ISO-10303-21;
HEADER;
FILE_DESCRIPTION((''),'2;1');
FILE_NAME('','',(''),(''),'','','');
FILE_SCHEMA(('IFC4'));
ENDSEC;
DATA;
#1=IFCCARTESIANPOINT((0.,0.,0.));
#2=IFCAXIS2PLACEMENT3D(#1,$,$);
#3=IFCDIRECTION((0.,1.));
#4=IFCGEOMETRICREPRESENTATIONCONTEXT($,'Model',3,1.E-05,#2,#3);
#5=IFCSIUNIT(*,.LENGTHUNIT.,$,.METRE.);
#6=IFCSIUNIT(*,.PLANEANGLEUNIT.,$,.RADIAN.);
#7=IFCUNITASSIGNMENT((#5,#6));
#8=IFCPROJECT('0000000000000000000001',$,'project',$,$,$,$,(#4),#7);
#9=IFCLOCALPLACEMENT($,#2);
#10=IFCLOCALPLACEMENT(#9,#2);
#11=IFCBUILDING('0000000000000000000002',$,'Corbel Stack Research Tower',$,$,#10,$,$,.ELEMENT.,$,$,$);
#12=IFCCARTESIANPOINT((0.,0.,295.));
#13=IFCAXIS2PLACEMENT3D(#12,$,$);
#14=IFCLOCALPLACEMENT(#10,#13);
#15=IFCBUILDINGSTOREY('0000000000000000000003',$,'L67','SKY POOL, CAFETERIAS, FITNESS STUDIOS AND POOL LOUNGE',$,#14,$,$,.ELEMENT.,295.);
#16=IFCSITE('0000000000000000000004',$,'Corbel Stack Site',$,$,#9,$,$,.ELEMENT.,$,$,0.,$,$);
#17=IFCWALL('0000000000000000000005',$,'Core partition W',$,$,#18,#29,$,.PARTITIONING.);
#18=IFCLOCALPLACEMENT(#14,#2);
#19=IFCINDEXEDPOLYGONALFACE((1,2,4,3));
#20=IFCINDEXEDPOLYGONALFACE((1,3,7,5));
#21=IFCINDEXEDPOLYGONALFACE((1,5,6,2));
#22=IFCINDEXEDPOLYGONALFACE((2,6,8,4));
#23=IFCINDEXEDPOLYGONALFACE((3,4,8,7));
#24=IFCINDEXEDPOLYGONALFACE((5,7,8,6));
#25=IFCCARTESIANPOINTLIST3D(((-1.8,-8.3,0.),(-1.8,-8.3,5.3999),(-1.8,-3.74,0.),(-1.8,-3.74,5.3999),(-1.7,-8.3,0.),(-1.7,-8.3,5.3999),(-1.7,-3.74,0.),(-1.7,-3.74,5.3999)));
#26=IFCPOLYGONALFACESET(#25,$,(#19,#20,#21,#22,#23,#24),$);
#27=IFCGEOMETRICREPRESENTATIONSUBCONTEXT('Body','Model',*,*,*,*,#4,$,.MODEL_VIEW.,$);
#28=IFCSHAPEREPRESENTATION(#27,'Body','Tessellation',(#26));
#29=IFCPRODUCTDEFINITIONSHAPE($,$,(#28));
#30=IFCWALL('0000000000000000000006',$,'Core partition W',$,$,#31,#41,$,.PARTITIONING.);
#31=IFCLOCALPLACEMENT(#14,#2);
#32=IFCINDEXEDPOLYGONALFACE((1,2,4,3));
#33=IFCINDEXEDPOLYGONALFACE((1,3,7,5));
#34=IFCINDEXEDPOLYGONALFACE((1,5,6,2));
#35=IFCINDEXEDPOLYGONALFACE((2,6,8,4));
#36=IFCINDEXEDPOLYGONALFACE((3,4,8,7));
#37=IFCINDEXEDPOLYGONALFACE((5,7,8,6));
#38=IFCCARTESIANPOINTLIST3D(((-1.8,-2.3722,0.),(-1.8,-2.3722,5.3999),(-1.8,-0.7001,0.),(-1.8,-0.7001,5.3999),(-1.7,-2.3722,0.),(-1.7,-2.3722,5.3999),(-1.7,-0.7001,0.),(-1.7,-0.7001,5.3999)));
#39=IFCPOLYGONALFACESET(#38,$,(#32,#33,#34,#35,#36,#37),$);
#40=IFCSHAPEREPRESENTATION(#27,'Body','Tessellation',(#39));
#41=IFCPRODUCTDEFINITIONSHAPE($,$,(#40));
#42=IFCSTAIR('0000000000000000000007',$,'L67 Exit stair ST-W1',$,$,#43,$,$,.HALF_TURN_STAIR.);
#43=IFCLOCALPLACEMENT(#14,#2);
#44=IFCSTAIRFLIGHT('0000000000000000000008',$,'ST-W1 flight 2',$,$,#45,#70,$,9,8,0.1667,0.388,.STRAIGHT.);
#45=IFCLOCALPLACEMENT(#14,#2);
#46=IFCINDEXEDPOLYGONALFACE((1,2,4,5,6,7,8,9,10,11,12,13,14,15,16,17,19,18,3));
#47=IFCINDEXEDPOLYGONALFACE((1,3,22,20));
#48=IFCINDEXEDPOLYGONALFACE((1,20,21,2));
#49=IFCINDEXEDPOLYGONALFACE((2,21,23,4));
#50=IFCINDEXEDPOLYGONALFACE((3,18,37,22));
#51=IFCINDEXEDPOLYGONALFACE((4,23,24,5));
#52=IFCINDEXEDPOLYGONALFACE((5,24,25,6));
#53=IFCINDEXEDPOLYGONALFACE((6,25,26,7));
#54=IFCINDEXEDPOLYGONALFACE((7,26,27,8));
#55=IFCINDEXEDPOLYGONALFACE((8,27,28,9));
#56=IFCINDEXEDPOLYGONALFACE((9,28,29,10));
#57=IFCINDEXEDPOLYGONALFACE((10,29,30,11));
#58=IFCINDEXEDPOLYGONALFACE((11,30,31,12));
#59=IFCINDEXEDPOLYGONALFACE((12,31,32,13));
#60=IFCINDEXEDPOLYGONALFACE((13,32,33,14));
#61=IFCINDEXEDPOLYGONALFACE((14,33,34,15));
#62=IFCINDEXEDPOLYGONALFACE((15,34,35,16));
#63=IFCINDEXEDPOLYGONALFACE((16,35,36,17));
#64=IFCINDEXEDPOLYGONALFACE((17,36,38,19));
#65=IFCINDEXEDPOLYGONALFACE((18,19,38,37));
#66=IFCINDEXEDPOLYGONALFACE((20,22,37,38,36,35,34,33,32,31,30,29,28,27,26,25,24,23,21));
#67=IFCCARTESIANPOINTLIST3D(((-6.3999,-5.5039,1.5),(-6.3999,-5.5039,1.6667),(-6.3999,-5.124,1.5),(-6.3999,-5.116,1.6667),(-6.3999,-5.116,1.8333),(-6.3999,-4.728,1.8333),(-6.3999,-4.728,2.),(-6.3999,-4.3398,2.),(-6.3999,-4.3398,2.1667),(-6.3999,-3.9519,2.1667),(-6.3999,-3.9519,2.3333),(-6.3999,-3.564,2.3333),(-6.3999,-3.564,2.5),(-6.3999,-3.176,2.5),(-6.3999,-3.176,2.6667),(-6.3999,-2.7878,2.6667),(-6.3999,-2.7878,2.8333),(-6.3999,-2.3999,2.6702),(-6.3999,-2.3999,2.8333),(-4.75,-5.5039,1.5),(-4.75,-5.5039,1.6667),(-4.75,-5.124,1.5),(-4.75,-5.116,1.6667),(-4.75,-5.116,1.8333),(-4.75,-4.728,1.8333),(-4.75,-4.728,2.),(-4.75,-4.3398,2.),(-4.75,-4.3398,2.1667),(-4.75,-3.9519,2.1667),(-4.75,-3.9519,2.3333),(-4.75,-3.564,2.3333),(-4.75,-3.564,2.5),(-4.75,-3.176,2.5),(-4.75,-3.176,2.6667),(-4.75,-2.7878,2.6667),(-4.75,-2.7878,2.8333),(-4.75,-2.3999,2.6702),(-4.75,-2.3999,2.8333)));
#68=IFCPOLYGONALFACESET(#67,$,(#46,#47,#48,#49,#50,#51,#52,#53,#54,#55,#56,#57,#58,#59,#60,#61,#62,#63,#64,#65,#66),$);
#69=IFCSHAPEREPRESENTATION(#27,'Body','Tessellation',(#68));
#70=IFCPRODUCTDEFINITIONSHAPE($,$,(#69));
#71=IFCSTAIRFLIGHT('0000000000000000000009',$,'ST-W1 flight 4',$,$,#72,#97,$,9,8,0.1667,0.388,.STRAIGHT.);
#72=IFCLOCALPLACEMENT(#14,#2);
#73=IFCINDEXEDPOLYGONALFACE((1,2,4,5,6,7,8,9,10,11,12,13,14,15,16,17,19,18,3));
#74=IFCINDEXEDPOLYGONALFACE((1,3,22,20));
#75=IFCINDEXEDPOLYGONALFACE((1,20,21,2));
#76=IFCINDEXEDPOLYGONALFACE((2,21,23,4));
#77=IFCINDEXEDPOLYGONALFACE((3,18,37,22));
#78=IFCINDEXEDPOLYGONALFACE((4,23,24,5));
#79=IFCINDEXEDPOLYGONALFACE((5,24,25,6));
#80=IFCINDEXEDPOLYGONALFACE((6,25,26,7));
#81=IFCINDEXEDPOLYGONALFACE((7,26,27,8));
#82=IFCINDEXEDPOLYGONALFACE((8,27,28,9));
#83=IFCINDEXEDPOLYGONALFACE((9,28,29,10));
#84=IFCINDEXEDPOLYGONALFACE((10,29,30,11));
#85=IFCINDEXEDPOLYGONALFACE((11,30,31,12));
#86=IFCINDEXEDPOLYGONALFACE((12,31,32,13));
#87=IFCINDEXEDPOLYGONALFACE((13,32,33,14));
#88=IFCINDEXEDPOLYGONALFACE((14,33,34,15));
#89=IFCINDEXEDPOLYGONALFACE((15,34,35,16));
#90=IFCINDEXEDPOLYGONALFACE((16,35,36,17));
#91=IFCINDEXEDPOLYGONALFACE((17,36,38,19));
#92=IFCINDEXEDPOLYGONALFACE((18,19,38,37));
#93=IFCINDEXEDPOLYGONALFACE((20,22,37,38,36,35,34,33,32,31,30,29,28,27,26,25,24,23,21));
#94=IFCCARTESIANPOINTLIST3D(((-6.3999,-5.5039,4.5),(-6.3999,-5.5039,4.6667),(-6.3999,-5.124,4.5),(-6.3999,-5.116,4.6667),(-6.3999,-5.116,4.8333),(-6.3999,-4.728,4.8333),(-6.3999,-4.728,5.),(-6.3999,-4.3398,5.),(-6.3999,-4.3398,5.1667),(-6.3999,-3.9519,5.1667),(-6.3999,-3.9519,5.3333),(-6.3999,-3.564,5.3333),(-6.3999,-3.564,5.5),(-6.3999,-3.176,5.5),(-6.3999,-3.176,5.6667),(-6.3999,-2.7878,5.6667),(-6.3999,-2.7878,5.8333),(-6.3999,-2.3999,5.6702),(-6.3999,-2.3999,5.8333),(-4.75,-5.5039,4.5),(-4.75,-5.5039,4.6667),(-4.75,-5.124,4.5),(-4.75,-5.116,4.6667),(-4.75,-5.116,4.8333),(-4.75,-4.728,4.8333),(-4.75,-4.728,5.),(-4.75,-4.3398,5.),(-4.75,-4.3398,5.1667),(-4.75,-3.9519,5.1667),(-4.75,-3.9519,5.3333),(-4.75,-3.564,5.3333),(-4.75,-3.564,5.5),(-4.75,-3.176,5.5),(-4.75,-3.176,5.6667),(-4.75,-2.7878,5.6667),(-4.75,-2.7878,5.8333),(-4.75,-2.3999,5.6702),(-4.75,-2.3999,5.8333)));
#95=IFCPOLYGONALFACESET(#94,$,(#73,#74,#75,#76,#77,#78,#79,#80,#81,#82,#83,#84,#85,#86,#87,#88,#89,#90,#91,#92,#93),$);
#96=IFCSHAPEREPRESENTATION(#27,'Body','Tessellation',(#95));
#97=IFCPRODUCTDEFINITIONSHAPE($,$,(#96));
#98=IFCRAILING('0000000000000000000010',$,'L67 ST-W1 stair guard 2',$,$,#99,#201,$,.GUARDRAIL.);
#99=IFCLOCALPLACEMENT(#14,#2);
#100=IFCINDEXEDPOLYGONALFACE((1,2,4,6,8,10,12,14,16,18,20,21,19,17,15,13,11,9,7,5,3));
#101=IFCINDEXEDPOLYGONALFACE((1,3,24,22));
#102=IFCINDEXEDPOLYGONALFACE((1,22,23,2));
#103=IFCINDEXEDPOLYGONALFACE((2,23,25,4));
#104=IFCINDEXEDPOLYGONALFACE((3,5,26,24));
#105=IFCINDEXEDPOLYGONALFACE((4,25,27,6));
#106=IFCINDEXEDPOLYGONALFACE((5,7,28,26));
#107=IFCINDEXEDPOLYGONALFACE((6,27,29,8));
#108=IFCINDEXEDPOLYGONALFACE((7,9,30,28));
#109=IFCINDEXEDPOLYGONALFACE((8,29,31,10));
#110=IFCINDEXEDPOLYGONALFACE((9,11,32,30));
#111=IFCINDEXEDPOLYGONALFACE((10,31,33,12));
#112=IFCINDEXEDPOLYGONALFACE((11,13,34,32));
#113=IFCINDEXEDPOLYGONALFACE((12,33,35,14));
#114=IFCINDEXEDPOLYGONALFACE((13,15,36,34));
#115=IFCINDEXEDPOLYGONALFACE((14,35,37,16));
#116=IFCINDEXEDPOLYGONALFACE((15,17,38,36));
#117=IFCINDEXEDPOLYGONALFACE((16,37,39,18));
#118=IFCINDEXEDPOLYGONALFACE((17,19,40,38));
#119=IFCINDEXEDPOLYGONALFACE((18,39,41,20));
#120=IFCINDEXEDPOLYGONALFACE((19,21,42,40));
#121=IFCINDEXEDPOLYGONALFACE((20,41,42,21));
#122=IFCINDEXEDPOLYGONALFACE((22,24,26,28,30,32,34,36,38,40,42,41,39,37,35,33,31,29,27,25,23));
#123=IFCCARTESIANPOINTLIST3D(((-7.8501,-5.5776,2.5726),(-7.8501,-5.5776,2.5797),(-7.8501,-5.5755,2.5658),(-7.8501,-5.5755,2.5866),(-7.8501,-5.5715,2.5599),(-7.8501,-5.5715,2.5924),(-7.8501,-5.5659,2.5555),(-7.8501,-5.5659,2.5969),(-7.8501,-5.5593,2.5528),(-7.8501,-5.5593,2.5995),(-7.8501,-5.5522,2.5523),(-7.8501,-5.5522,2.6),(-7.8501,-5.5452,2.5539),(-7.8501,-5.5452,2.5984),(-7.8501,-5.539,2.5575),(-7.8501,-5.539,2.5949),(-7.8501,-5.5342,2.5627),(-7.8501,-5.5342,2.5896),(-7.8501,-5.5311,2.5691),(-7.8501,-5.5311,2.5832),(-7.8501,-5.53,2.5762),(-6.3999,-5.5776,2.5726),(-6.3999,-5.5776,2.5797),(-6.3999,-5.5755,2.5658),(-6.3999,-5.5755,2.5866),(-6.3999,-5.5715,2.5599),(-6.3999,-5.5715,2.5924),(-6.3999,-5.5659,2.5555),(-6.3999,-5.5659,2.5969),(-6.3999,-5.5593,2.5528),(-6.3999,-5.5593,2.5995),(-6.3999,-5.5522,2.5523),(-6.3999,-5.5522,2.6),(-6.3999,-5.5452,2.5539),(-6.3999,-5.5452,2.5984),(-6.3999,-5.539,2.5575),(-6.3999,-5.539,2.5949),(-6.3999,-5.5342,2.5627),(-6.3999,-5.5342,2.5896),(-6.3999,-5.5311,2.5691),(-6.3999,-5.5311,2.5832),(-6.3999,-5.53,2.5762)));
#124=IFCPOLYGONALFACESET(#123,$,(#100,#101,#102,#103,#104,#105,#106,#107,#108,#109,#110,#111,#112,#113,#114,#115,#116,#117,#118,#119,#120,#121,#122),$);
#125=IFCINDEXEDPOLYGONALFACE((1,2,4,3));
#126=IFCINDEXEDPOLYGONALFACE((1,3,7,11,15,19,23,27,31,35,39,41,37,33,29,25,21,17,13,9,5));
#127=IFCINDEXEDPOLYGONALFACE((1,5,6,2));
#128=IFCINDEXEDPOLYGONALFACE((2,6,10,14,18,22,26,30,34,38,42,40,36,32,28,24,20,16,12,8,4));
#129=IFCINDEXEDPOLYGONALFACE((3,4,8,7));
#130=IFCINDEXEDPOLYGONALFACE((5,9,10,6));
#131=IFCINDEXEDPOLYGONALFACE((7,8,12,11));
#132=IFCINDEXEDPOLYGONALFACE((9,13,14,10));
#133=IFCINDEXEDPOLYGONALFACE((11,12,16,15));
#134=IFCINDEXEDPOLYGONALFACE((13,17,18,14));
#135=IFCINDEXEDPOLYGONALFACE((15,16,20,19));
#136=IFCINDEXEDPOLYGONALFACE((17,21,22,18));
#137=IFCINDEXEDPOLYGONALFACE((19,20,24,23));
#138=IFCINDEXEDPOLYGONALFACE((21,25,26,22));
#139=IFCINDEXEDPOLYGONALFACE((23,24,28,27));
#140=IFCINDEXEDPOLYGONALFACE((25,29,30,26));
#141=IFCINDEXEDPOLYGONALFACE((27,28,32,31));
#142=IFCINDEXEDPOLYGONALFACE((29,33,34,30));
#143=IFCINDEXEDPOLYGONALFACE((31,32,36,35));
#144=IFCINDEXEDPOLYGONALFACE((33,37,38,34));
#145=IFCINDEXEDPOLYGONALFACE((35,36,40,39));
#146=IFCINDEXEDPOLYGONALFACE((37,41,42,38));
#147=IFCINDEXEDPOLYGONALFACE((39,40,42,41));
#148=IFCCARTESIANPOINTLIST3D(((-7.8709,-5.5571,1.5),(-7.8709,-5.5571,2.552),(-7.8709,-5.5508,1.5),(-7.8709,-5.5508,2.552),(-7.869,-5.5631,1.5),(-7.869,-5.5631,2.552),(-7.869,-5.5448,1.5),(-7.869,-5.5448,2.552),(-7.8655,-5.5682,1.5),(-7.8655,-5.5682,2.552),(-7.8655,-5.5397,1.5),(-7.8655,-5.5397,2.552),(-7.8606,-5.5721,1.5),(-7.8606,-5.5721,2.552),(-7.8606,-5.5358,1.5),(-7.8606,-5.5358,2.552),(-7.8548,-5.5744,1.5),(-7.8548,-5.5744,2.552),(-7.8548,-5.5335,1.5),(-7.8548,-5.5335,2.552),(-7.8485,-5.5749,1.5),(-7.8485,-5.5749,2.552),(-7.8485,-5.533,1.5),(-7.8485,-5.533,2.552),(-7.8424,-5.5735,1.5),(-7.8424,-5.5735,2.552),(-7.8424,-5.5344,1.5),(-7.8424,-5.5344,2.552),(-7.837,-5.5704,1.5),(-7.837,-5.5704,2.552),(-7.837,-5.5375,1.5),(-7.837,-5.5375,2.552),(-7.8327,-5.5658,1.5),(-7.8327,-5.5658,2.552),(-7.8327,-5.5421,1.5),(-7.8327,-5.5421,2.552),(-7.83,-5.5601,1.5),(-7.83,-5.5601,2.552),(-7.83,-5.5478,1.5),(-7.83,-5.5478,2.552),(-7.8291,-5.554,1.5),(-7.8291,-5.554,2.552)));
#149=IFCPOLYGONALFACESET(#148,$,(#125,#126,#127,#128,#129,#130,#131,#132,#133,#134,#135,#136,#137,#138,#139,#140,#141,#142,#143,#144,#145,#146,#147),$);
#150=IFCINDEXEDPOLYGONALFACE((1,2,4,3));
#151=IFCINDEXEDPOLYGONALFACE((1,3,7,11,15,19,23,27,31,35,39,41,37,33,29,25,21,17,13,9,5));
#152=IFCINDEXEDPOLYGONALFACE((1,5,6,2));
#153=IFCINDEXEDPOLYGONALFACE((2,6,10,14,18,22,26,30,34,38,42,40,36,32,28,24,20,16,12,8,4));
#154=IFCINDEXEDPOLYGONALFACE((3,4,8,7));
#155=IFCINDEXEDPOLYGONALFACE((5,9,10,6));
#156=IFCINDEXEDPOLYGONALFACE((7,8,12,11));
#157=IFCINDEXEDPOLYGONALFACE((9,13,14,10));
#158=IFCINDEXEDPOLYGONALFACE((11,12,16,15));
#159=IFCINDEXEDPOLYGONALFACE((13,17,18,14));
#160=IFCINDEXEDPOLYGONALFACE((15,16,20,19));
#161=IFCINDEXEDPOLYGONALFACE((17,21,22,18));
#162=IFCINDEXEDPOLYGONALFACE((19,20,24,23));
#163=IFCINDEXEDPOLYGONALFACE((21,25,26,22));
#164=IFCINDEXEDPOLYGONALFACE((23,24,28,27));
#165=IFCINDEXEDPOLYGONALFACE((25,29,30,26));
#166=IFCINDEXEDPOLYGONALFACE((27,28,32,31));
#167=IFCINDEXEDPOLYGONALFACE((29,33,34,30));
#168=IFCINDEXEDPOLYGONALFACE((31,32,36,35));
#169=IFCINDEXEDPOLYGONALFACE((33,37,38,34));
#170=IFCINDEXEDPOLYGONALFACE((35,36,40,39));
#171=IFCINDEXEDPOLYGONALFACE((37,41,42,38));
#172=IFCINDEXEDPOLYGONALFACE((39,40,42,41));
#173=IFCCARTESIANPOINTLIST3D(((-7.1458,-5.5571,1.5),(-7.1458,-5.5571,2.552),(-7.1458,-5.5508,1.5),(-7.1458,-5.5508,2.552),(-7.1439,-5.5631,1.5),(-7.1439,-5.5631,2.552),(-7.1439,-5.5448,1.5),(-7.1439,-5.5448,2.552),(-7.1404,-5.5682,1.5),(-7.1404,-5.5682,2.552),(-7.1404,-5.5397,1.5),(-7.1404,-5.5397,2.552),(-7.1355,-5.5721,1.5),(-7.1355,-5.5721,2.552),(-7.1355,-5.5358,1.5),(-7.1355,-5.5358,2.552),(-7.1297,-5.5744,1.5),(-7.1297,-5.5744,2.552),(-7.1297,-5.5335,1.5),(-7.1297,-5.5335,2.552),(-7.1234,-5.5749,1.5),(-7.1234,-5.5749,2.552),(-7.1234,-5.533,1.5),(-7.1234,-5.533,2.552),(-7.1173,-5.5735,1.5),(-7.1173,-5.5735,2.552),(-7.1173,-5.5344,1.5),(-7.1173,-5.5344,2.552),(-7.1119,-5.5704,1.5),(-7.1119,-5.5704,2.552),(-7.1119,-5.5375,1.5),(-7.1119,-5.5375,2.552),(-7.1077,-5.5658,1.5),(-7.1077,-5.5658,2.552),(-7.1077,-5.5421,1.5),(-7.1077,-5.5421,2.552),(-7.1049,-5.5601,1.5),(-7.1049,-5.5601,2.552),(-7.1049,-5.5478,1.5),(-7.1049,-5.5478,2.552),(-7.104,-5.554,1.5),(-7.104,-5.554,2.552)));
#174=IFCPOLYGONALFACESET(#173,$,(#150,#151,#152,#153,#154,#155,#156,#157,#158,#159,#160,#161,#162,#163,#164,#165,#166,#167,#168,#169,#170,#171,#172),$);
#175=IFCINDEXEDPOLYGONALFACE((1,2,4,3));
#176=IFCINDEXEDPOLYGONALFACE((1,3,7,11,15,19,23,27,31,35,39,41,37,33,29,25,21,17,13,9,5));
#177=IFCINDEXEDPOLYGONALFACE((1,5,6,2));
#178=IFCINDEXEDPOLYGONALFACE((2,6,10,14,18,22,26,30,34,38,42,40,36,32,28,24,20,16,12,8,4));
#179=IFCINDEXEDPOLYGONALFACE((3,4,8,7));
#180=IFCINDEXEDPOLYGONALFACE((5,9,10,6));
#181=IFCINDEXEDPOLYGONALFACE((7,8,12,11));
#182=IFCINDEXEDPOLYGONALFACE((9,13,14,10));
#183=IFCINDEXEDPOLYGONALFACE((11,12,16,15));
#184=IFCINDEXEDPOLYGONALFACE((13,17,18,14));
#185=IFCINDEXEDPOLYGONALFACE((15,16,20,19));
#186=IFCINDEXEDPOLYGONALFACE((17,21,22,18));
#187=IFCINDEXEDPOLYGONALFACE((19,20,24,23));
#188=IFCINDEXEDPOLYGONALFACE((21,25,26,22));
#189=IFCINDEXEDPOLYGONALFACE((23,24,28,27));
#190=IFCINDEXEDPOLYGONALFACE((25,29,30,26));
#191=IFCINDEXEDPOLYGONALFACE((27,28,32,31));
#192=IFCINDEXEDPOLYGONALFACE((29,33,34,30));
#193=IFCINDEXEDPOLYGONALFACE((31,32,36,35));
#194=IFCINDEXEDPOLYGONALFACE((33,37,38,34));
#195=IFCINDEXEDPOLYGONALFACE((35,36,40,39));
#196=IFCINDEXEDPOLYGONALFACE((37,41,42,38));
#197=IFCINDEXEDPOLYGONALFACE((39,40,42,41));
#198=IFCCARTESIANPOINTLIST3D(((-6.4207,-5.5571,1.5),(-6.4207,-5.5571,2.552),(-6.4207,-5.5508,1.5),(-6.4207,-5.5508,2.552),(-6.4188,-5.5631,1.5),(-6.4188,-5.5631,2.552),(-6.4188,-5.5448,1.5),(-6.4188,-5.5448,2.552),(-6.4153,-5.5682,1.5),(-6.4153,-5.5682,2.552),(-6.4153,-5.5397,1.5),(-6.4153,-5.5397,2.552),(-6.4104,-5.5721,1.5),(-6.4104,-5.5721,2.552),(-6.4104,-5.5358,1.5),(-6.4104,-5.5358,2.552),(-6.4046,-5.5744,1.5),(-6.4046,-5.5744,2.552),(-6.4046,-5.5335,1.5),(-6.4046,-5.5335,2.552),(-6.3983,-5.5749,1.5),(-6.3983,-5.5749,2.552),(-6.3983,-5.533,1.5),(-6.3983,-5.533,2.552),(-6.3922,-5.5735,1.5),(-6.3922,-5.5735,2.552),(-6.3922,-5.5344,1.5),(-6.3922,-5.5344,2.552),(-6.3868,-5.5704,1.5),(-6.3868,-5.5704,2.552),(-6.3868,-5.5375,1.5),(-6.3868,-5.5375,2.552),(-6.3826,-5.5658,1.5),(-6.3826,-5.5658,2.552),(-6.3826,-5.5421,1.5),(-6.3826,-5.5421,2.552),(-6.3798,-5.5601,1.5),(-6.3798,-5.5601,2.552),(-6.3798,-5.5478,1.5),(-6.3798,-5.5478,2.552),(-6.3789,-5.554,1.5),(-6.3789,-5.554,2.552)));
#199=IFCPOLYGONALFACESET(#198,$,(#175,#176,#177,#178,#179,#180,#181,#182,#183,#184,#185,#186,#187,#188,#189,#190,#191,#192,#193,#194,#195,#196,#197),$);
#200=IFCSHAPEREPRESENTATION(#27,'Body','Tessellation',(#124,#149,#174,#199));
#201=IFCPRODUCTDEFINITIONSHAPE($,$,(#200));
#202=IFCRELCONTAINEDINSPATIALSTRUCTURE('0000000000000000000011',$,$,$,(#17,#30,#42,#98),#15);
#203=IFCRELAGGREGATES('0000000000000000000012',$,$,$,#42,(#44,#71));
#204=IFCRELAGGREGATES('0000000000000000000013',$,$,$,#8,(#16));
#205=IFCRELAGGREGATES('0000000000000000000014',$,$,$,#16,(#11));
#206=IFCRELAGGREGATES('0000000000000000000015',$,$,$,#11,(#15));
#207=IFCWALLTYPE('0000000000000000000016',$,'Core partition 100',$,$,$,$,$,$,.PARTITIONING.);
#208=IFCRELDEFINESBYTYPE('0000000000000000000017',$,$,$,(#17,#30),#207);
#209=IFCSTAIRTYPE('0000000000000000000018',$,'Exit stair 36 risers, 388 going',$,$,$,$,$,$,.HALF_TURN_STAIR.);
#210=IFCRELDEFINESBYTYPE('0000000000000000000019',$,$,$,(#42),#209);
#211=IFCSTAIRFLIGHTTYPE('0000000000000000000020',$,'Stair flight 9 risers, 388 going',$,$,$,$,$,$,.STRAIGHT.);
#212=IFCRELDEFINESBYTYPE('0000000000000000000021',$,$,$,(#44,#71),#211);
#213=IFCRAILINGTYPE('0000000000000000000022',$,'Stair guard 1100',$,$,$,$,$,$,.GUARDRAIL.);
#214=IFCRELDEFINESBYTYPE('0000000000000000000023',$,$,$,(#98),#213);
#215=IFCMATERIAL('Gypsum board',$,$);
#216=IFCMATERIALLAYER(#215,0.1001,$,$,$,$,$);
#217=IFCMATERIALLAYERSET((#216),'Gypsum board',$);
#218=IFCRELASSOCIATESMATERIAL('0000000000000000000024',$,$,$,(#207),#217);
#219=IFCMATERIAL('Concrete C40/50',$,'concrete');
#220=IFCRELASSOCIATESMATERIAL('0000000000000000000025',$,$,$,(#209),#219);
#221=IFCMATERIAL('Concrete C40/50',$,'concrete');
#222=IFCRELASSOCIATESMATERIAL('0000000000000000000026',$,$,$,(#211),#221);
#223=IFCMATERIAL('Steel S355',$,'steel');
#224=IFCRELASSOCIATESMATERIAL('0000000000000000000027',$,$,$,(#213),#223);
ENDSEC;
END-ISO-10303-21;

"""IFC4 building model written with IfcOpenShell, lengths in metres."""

from ifc_helpers import new_model, si_unit, direction, frame, frame_2d, origin, origin_2d, place, context, subcontext, project, spatial, polyline, rectangle, circle, outline, extrude, material, layer, layer_set, type_object, element, aggregate, save


model = new_model("IFC4")

# Units and contexts
model_context = context("Model", 3, precision=1e-05, world=origin(), true_north=direction((0.0, 1.0)))
body_context = subcontext(model_context, "Body", "Model", "MODEL_VIEW")
ifc_project = project(units=[si_unit("LENGTHUNIT", "METRE"), si_unit("PLANEANGLEUNIT", "RADIAN")], contexts=[model_context])

# Site, building, storey
site_placement = place(None, origin())
site = spatial("IfcSite", under=ifc_project, at=site_placement, Name="Corbel Stack Site", CompositionType="ELEMENT", RefElevation=0.0)
building_placement = place(site_placement, origin())
building = spatial("IfcBuilding", under=site, at=building_placement, Name="Corbel Stack Research Tower", CompositionType="ELEMENT")
storey_placement = place(building_placement, frame((0.0, 0.0, 295.0)))
storey = spatial("IfcBuildingStorey", under=building, at=storey_placement, Name="L67", Description="SKY POOL, CAFETERIAS, FITNESS STUDIOS AND POOL LOUNGE", CompositionType="ELEMENT", Elevation=295.0)

# Shared definitions
ifc_material_1 = material(Name="Gypsum board")
ifc_layer_1 = layer(ifc_material_1, 0.1001)
ifc_layer_set_1 = layer_set([ifc_layer_1], Name="Gypsum board")
wall_type_1 = type_object("IfcWallType", Name="Core partition 100", PredefinedType="PARTITIONING", material=ifc_layer_set_1)

# Walls
wall_1_placement = place(storey_placement, frame((-1.75, -8.3, 0.0), z_axis=(0.0, 0.0, 1.0), x_axis=(0.0, 1.0, 0.0)))
element("IfcWall", 1, at=wall_1_placement, inside=storey, type_object=wall_type_1, Name="Core partition W", PredefinedType="PARTITIONING", context=body_context, shape_type="SweptSolid", body=[
    extrude(rectangle(XDim=4.5601, YDim=0.1001, at=frame_2d((2.28, 0.0))), origin(), (0.0, 0.0, 1.0), 5.3999),
])
wall_2_placement = place(storey_placement, frame((-1.75, -2.3721, 0.0), z_axis=(0.0, 0.0, 1.0), x_axis=(0.0, 1.0, 0.0)))
element("IfcWall", 2, at=wall_2_placement, inside=storey, type_object=wall_type_1, Name="Core partition W", PredefinedType="PARTITIONING", context=body_context, shape_type="SweptSolid", body=[
    extrude(rectangle(XDim=1.6721, YDim=0.1001, at=frame_2d((0.8359, 0.0))), origin(), (0.0, 0.0, 1.0), 5.3999),
])

# Stair, stair flights
ifc_material_2 = material(Name="Concrete C40/50", Category="concrete")
stair_type = type_object("IfcStairType", Name="Exit stair 36 risers, 388 going", PredefinedType="HALF_TURN_STAIR", material=ifc_material_2)
stair_placement = place(storey_placement, origin())
stair = element("IfcStair", 3, at=stair_placement, inside=storey, type_object=stair_type, Name="L67 Exit stair ST-W1", PredefinedType="HALF_TURN_STAIR")
ifc_material_3 = material(Name="Concrete C40/50", Category="concrete")
stair_flight_type = type_object("IfcStairFlightType", Name="Stair flight 9 risers, 388 going", PredefinedType="STRAIGHT", material=ifc_material_3)
stair_flight_1_placement = place(storey_placement, frame((-5.575, -5.5039, 1.5), z_axis=(0.0, 0.0, 1.0), x_axis=(0.0, 1.0, 0.0)))
stair_flight_1 = element("IfcStairFlight", 4, at=stair_flight_1_placement, type_object=stair_flight_type, Name="ST-W1 flight 2", NumberOfRisers=9, NumberOfTreads=8, PredefinedType="STRAIGHT", RiserHeight=0.1667, TreadLength=0.388, context=body_context, shape_type="SweptSolid", body=[
    extrude(outline(polyline([(0.0, 0.0), (0.0, 0.1667), (0.3879, 0.1667), (0.3879, 0.3333), (0.7759, 0.3333), (0.7759, 0.5), (1.1641, 0.5), (1.1641, 0.6667), (1.552, 0.6667), (1.552, 0.8333), (1.9399, 0.8333), (1.9399, 1.0), (2.3279, 1.0), (2.3279, 1.1667), (2.7161, 1.1667), (2.7161, 1.3333), (3.104, 1.3333), (3.104, 1.5), (3.104, 1.1702), (0.3799, 0.0), (0.0, 0.0)])), frame((0.0, 0.825, 0.0), z_axis=(0.0, -1.0, 0.0), x_axis=(1.0, 0.0, 0.0)), (0.0, 0.0, 1.0), 1.6499),
])
stair_flight_2_placement = place(storey_placement, frame((-5.575, -5.5039, 4.5), z_axis=(0.0, 0.0, 1.0), x_axis=(0.0, 1.0, 0.0)))
stair_flight_2 = element("IfcStairFlight", 5, at=stair_flight_2_placement, type_object=stair_flight_type, Name="ST-W1 flight 4", NumberOfRisers=9, NumberOfTreads=8, PredefinedType="STRAIGHT", RiserHeight=0.1667, TreadLength=0.388, context=body_context, shape_type="SweptSolid", body=[
    extrude(outline(polyline([(0.0, 0.0), (0.0, 0.1667), (0.3879, 0.1667), (0.3879, 0.3333), (0.7759, 0.3333), (0.7759, 0.5), (1.1641, 0.5), (1.1641, 0.6667), (1.552, 0.6667), (1.552, 0.8333), (1.9399, 0.8333), (1.9399, 1.0), (2.3279, 1.0), (2.3279, 1.1667), (2.7161, 1.1667), (2.7161, 1.3333), (3.104, 1.3333), (3.104, 1.5), (3.104, 1.1702), (0.3799, 0.0), (0.0, 0.0)])), frame((0.0, 0.825, 0.0), z_axis=(0.0, -1.0, 0.0), x_axis=(1.0, 0.0, 0.0)), (0.0, 0.0, 1.0), 1.6499),
])
aggregate(stair, [stair_flight_1, stair_flight_2])

# Railing
ifc_material_4 = material(Name="Steel S355", Category="steel")
railing_type_1 = type_object("IfcRailingType", Name="Stair guard 1100", PredefinedType="GUARDRAIL", material=ifc_material_4)
railing_1_placement = place(storey_placement, frame((-7.8501, -5.554, 1.5)))
element("IfcRailing", 6, at=railing_1_placement, inside=storey, type_object=railing_type_1, Name="L67 ST-W1 stair guard 2", PredefinedType="GUARDRAIL", context=body_context, shape_type="SweptSolid", body=[
    extrude(circle(Radius=0.0239, at=origin_2d()), frame((0.0, 0.0, 1.0762), z_axis=(1.0, 0.0, 0.0), x_axis=(0.0, 1.0, 0.0)), (0.0, 0.0, 1.0), 1.4502),
    extrude(circle(Radius=0.021, at=origin_2d()), origin(), (0.0, 0.0, 1.0), 1.052),
    extrude(circle(Radius=0.021, at=origin_2d()), frame((0.7251, 0.0, 0.0)), (0.0, 0.0, 1.0), 1.052),
    extrude(circle(Radius=0.021, at=origin_2d()), frame((1.4502, 0.0, 0.0)), (0.0, 0.0, 1.0), 1.052),
])

save(model, "model.ifc")
